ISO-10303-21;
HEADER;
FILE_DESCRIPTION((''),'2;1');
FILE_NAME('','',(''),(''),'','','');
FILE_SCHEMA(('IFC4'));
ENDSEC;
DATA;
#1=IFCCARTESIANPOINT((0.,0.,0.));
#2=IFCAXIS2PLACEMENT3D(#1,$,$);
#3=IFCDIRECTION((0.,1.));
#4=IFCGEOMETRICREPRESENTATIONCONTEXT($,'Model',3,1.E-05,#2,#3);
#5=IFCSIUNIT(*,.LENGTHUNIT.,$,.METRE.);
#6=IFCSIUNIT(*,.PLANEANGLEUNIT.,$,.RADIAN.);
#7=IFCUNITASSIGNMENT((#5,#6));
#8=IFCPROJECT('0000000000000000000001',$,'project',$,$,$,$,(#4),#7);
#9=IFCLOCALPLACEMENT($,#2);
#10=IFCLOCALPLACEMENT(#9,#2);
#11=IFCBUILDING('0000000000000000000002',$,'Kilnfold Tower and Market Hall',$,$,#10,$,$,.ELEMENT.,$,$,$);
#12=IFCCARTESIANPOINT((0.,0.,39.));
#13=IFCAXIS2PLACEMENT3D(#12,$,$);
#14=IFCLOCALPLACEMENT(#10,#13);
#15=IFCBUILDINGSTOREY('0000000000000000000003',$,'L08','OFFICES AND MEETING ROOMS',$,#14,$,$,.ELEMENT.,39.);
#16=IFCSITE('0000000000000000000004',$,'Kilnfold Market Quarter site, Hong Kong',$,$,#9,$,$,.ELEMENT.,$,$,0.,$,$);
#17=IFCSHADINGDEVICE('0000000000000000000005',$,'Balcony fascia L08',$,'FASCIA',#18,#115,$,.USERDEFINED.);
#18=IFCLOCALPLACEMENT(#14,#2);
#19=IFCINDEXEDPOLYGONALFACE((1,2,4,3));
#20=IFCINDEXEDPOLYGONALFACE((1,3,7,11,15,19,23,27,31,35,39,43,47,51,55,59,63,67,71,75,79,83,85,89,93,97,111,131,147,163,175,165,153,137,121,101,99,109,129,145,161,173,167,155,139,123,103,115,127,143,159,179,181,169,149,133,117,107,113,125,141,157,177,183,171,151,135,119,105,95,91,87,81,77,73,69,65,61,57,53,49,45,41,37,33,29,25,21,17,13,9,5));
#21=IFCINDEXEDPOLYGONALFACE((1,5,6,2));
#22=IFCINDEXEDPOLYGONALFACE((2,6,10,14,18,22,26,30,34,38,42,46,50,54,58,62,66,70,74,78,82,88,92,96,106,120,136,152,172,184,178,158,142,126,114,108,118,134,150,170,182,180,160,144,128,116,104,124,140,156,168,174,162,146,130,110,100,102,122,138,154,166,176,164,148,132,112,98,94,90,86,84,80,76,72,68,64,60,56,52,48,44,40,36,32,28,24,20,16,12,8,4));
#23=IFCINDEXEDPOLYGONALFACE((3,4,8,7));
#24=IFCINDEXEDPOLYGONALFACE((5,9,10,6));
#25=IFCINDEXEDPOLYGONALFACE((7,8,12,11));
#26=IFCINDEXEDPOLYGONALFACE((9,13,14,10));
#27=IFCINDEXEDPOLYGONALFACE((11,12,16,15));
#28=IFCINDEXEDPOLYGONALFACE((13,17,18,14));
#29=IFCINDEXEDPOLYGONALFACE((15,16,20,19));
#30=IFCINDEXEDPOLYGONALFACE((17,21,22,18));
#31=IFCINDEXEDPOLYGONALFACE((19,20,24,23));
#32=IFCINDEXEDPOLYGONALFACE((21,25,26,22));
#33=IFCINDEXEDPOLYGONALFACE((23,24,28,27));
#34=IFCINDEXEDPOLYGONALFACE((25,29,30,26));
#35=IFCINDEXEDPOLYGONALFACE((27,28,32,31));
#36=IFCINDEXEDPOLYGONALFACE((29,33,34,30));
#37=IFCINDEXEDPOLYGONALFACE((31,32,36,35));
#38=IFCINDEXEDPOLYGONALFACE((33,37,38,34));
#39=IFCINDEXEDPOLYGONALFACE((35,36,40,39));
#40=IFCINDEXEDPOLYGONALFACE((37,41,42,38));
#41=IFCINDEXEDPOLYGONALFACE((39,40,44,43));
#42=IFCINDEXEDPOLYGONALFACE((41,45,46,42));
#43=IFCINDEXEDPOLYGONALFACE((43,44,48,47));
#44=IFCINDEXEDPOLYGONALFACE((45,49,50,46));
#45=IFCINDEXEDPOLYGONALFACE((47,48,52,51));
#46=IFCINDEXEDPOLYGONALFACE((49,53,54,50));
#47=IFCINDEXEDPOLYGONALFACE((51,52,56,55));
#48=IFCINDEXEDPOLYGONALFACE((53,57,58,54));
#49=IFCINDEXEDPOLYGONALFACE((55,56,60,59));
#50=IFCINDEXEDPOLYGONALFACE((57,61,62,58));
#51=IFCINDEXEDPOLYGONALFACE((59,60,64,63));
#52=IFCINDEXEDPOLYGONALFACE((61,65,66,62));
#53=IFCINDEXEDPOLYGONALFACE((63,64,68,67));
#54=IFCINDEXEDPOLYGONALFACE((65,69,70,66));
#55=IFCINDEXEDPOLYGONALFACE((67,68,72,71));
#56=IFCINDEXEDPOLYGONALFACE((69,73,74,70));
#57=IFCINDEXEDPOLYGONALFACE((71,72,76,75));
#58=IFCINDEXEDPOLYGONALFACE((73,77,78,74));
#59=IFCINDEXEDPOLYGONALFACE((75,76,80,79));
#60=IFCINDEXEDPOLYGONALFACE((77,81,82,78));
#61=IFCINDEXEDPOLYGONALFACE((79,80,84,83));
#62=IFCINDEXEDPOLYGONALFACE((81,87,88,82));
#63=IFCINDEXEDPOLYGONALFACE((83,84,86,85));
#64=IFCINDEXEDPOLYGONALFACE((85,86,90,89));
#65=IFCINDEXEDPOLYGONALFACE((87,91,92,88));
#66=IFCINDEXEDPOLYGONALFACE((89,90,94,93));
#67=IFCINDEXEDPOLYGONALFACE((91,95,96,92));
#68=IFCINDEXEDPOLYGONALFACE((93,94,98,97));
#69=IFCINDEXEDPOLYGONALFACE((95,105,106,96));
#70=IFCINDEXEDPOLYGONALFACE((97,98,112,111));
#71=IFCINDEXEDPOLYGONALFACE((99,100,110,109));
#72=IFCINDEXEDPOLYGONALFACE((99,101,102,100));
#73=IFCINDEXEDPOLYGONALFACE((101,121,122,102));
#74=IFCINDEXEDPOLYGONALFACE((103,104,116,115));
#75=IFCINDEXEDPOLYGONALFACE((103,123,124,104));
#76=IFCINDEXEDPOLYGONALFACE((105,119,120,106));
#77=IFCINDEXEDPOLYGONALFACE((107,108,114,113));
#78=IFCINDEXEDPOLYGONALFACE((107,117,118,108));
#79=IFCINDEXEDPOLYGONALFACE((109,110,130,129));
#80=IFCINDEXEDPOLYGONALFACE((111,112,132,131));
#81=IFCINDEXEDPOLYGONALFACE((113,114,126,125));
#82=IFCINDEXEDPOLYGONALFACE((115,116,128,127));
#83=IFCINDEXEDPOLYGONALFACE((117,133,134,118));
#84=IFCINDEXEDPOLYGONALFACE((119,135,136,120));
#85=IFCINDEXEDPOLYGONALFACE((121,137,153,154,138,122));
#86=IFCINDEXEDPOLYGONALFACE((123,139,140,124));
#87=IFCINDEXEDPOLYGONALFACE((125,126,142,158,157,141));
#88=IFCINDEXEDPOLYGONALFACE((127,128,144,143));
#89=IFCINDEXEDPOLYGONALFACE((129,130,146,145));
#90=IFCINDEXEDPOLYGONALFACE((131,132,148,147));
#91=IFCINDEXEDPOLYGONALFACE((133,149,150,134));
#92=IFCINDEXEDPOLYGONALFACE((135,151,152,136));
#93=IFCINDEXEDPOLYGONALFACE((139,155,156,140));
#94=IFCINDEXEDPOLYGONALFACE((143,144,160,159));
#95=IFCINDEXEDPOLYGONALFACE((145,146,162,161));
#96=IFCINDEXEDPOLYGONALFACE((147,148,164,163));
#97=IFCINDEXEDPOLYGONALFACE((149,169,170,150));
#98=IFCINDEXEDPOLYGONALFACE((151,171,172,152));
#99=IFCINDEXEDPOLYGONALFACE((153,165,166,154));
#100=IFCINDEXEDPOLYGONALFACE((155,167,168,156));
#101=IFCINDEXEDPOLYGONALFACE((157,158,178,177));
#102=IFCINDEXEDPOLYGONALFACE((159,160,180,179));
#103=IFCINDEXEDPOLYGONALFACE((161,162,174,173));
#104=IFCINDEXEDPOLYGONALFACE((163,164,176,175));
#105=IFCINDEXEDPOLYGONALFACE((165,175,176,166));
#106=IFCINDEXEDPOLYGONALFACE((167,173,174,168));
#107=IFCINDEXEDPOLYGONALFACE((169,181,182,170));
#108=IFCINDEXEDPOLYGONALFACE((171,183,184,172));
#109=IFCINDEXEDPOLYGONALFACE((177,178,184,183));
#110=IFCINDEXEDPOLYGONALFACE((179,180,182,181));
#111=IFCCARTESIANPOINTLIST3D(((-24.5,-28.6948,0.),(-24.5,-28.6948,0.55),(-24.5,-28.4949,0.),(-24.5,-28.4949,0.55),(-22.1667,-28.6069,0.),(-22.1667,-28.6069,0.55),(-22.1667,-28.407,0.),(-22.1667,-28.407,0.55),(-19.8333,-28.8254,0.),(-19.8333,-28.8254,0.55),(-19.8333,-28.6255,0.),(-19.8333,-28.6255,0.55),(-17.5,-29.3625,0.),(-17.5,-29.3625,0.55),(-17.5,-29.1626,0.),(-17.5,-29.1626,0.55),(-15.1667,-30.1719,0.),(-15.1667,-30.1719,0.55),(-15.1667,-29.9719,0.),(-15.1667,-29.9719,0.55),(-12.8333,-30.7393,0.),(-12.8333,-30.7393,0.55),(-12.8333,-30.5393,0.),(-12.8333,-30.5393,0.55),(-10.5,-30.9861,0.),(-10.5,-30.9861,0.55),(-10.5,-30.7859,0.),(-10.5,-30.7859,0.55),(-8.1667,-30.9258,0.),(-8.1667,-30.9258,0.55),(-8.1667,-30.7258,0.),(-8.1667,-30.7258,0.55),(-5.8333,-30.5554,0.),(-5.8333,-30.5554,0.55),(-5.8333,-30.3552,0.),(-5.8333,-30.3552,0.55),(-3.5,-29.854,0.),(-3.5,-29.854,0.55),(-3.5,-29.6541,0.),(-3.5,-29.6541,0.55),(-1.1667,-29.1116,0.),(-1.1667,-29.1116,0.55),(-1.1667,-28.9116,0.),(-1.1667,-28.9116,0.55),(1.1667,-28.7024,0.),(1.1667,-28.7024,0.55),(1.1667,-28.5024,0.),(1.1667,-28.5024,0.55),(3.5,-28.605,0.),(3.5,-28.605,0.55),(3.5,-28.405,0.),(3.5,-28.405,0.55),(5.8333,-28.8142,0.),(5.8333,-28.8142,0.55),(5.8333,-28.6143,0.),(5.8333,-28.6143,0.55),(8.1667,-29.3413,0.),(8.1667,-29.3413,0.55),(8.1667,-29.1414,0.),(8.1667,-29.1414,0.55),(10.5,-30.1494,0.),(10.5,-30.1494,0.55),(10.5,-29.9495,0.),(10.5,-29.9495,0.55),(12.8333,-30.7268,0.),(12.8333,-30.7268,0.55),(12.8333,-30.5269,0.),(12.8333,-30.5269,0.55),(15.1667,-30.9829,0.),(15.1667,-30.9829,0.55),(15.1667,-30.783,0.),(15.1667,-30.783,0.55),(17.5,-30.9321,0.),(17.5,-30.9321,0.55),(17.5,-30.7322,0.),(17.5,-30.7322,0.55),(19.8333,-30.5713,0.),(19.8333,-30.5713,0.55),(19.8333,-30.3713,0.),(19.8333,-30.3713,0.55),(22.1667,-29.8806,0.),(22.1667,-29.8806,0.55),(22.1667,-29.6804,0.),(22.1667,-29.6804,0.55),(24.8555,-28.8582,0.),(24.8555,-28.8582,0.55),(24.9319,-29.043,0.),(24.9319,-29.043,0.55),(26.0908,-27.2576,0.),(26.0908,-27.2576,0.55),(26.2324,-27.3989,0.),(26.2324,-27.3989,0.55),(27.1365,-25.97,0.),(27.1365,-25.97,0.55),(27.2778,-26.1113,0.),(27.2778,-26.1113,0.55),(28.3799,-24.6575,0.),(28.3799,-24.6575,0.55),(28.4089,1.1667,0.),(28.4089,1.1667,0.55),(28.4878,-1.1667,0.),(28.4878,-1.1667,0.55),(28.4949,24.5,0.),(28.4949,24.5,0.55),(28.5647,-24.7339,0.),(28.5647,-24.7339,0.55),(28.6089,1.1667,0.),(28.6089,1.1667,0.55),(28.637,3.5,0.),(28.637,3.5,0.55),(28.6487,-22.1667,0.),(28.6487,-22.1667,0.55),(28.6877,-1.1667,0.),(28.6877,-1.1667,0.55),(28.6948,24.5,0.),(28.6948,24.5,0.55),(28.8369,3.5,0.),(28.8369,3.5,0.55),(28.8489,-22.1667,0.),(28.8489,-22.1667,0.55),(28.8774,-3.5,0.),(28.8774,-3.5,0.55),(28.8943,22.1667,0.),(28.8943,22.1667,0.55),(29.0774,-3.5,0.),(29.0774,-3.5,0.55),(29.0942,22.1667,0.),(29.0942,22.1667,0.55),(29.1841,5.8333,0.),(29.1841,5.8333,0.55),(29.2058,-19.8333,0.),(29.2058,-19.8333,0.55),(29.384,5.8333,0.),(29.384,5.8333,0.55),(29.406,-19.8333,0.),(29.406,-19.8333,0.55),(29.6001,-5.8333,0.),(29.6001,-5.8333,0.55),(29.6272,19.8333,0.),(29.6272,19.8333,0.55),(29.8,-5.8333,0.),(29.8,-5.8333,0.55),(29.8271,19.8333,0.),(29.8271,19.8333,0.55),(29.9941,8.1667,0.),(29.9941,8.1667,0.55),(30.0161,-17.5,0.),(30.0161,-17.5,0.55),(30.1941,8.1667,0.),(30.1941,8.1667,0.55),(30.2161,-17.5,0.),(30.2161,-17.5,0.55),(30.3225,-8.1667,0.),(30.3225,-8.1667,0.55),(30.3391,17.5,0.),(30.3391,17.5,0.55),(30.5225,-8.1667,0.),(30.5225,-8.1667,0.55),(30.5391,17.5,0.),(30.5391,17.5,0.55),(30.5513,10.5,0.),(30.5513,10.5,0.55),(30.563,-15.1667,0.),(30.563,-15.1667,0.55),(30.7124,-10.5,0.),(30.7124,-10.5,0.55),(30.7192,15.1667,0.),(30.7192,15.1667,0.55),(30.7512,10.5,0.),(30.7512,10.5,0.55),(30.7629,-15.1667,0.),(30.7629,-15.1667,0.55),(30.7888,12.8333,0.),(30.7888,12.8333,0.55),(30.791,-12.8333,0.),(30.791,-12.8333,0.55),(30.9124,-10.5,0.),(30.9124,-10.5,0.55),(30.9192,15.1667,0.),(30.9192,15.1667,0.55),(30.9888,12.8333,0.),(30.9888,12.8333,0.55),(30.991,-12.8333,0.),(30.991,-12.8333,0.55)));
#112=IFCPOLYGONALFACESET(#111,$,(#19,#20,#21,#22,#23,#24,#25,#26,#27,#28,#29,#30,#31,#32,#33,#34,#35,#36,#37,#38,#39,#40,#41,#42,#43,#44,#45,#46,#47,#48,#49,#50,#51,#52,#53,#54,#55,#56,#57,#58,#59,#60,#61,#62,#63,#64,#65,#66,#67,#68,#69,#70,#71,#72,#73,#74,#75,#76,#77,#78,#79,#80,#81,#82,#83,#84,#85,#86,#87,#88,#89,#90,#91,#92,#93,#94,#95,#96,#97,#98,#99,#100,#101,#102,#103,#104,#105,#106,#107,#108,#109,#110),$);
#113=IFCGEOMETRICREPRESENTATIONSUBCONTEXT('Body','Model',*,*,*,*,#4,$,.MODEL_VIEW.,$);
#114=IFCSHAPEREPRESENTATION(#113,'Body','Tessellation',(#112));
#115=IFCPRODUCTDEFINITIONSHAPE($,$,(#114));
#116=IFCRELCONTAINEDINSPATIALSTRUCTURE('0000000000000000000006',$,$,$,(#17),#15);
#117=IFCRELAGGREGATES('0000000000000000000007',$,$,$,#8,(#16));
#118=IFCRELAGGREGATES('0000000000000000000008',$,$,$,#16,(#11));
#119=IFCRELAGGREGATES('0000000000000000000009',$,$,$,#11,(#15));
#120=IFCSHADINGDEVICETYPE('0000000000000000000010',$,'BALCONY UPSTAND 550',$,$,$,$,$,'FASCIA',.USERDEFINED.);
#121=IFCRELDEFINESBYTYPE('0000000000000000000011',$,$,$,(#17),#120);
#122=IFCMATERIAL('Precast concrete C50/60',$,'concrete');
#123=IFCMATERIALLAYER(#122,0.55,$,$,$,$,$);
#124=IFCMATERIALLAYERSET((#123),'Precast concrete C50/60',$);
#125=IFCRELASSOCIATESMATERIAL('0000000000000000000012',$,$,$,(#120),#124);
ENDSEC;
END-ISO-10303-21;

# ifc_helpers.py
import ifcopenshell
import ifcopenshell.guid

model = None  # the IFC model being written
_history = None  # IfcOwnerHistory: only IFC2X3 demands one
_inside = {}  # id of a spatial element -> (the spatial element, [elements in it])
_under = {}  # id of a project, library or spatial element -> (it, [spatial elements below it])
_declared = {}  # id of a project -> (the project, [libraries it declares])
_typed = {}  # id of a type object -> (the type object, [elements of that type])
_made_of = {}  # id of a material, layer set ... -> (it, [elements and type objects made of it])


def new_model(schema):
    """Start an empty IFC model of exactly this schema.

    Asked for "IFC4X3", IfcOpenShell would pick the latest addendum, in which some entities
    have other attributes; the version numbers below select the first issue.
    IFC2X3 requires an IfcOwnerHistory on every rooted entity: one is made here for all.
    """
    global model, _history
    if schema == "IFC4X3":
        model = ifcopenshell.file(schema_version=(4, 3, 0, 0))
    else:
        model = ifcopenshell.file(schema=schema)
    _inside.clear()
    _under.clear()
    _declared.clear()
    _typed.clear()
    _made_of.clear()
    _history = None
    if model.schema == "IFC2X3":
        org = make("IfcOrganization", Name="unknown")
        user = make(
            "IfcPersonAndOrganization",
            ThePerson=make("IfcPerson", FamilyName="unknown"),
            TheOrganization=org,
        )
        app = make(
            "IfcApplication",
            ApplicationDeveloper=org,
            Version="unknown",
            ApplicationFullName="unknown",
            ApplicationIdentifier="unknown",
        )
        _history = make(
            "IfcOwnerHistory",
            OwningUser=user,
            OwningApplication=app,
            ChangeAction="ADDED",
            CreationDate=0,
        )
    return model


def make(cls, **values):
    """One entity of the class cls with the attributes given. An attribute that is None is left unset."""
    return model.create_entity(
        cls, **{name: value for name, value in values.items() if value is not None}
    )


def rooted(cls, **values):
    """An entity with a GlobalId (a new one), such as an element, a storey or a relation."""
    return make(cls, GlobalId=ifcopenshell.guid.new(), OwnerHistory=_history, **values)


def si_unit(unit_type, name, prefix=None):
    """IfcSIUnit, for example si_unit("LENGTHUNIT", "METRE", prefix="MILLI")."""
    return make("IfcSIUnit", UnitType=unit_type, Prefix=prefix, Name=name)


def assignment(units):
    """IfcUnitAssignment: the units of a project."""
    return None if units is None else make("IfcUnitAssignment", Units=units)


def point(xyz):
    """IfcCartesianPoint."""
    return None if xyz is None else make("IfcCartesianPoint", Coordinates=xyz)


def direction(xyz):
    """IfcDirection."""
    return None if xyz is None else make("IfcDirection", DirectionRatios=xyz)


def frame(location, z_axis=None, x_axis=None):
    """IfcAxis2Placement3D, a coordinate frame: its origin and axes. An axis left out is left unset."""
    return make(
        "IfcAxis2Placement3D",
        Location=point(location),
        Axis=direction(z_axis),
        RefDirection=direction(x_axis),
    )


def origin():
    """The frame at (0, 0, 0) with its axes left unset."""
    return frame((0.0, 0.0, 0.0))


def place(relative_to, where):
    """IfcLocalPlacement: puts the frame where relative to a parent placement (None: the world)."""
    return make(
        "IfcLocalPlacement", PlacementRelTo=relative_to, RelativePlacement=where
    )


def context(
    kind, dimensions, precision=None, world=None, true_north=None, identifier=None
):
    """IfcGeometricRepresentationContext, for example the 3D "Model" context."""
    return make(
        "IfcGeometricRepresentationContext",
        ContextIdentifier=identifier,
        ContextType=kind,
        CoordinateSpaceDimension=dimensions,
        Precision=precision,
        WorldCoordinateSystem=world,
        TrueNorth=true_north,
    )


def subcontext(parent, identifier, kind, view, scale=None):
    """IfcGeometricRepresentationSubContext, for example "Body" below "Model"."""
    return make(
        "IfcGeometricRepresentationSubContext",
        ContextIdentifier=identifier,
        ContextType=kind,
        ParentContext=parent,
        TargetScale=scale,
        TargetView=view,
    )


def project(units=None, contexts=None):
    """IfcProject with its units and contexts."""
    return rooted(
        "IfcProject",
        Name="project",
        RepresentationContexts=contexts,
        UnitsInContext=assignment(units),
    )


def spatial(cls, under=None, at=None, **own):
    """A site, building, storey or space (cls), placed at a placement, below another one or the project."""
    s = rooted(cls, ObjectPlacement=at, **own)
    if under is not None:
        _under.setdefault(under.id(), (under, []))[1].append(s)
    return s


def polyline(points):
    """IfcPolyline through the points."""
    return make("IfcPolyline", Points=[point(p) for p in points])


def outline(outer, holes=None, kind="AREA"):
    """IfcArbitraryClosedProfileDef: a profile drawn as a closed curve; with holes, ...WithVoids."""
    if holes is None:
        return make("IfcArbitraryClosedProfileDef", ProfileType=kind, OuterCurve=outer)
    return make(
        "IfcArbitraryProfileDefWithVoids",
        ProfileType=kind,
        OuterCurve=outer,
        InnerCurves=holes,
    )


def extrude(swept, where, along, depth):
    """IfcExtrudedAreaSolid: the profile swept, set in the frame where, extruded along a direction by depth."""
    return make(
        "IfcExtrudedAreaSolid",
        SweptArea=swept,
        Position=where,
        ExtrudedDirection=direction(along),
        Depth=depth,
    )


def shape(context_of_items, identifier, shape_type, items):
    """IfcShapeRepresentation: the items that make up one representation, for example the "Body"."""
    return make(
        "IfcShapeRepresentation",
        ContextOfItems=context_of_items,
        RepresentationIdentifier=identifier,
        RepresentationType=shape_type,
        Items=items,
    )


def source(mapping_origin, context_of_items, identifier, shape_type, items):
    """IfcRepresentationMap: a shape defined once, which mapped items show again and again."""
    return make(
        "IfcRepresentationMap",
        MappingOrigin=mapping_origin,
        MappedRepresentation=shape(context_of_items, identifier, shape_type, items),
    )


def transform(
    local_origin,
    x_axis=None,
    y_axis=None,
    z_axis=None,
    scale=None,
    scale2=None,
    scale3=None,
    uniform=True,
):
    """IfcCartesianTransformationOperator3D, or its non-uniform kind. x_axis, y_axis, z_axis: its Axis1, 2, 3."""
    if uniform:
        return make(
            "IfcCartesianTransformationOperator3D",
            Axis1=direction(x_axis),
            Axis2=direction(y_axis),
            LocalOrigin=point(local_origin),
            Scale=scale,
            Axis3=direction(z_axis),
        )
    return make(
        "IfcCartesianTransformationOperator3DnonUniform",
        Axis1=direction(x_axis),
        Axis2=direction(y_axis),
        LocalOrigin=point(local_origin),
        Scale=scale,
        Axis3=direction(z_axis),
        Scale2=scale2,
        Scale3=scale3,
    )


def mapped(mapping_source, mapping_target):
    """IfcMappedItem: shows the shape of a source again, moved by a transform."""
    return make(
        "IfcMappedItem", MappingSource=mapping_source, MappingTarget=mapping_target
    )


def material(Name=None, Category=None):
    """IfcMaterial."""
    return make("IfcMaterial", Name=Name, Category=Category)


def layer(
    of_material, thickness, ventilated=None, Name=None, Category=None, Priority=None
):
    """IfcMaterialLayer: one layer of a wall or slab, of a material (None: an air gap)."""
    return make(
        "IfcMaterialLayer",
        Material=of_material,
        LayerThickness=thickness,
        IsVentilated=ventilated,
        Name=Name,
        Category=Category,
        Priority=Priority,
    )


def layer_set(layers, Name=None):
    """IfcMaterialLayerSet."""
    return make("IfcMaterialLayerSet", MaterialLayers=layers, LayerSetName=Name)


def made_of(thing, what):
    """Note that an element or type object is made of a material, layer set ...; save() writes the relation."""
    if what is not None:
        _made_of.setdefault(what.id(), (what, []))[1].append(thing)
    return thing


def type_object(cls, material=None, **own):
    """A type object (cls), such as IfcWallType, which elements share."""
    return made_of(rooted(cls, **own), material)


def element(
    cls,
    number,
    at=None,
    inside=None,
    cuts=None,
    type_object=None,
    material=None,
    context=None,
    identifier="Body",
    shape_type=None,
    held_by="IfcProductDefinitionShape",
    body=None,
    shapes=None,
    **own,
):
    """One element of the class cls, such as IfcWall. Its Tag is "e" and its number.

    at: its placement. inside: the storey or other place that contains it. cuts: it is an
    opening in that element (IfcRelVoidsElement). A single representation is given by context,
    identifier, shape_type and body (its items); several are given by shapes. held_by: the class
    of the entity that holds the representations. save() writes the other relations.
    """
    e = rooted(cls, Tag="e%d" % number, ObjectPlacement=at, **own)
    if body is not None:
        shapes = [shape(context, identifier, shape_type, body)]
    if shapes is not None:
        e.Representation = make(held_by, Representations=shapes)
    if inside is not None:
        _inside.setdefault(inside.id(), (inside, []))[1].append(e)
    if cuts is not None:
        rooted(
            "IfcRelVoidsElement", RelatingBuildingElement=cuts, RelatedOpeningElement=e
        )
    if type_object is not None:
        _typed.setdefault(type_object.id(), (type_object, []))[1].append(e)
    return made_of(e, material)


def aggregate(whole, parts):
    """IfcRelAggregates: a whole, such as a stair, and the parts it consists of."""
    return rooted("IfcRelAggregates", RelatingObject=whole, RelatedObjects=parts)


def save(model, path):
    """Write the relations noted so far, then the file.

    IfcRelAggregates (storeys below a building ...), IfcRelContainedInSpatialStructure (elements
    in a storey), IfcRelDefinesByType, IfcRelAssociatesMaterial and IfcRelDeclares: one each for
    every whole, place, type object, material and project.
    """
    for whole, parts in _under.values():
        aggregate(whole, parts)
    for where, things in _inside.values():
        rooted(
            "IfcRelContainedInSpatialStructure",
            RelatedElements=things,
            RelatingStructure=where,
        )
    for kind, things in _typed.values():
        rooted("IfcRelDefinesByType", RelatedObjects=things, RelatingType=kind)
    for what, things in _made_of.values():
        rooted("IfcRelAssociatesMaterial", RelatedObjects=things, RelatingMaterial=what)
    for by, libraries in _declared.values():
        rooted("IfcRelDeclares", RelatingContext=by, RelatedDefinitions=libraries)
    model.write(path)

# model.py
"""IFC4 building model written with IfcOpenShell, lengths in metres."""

from ifc_helpers import new_model, si_unit, direction, frame, origin, place, context, subcontext, project, spatial, polyline, outline, extrude, source, transform, mapped, material, layer, layer_set, type_object, element, save


model = new_model("IFC4")

# Units and contexts
model_context = context("Model", 3, precision=1e-05, world=origin(), true_north=direction((0.0, 1.0)))
body_context = subcontext(model_context, "Body", "Model", "MODEL_VIEW")
ifc_project = project(units=[si_unit("LENGTHUNIT", "METRE"), si_unit("PLANEANGLEUNIT", "RADIAN")], contexts=[model_context])

# Site, building, storey
site_placement = place(None, origin())
site = spatial("IfcSite", under=ifc_project, at=site_placement, Name="Kilnfold Market Quarter site, Hong Kong", CompositionType="ELEMENT", RefElevation=0.0)
building_placement = place(site_placement, origin())
building = spatial("IfcBuilding", under=site, at=building_placement, Name="Kilnfold Tower and Market Hall", CompositionType="ELEMENT")
storey_placement = place(building_placement, frame((0.0, 0.0, 39.0)))
storey = spatial("IfcBuildingStorey", under=building, at=storey_placement, Name="L08", Description="OFFICES AND MEETING ROOMS", CompositionType="ELEMENT", Elevation=39.0)

# Shading device
ifc_material_1 = material(Name="Precast concrete C50/60", Category="concrete")
ifc_layer_1 = layer(ifc_material_1, 0.55)
ifc_layer_set_1 = layer_set([ifc_layer_1], Name="Precast concrete C50/60")
shading_device_type_1 = type_object("IfcShadingDeviceType", Name="BALCONY UPSTAND 550", ElementType="FASCIA", PredefinedType="USERDEFINED", material=ifc_layer_set_1)
shared_shape_1 = source(origin(), body_context, "Body", "SweptSolid", [
    extrude(outline(polyline([(-24.5, -28.6948), (-22.1667, -28.6069), (-19.8333, -28.8254), (-17.5, -29.3625), (-15.1667, -30.1719), (-12.8333, -30.7393), (-10.5, -30.9861), (-8.1667, -30.9258), (-5.8333, -30.5554), (-3.5, -29.854), (-1.1667, -29.1116), (1.1667, -28.7024), (3.5, -28.605), (5.8333, -28.8142), (8.1667, -29.3413), (10.5, -30.1494), (12.8333, -30.7268), (15.1667, -30.9829), (17.5, -30.9321), (19.8333, -30.5713), (22.1667, -29.8806), (24.9319, -29.043), (26.2324, -27.3989), (27.2778, -26.1113), (28.5647, -24.7339), (28.8489, -22.1667), (29.406, -19.8333), (30.2161, -17.5), (30.7629, -15.1667), (30.991, -12.8333), (30.9124, -10.5), (30.5225, -8.1667), (29.8, -5.8333), (29.0774, -3.5), (28.6877, -1.1667), (28.6089, 1.1667), (28.8369, 3.5), (29.384, 5.8333), (30.1941, 8.1667), (30.7512, 10.5), (30.9888, 12.8333), (30.9192, 15.1667), (30.5391, 17.5), (29.8271, 19.8333), (29.0942, 22.1667), (28.6948, 24.5), (28.4949, 24.5), (28.8943, 22.1667), (29.6272, 19.8333), (30.3391, 17.5), (30.7192, 15.1667), (30.7888, 12.8333), (30.5513, 10.5), (29.9941, 8.1667), (29.1841, 5.8333), (28.637, 3.5), (28.4089, 1.1667), (28.4878, -1.1667), (28.8774, -3.5), (29.6001, -5.8333), (30.3225, -8.1667), (30.7124, -10.5), (30.791, -12.8333), (30.563, -15.1667), (30.0161, -17.5), (29.2058, -19.8333), (28.6487, -22.1667), (28.3799, -24.6575), (27.1365, -25.97), (26.0908, -27.2576), (24.8555, -28.8582), (22.1667, -29.6804), (19.8333, -30.3713), (17.5, -30.7322), (15.1667, -30.783), (12.8333, -30.5269), (10.5, -29.9495), (8.1667, -29.1414), (5.8333, -28.6143), (3.5, -28.405), (1.1667, -28.5024), (-1.1667, -28.9116), (-3.5, -29.6541), (-5.8333, -30.3552), (-8.1667, -30.7258), (-10.5, -30.7859), (-12.8333, -30.5393), (-15.1667, -29.9719), (-17.5, -29.1626), (-19.8333, -28.6255), (-22.1667, -28.407), (-24.5, -28.4949), (-24.5, -28.6948)])), origin(), (0.0, 0.0, 1.0), 0.55),
])
shading_device_1_placement = place(storey_placement, origin())
element("IfcShadingDevice", 1, at=shading_device_1_placement, inside=storey, type_object=shading_device_type_1, Name="Balcony fascia L08", ObjectType="FASCIA", PredefinedType="USERDEFINED", context=body_context, shape_type="MappedRepresentation", body=[
    mapped(shared_shape_1, transform((0.0, 0.0, 0.0))),
])

save(model, "model.ifc")
